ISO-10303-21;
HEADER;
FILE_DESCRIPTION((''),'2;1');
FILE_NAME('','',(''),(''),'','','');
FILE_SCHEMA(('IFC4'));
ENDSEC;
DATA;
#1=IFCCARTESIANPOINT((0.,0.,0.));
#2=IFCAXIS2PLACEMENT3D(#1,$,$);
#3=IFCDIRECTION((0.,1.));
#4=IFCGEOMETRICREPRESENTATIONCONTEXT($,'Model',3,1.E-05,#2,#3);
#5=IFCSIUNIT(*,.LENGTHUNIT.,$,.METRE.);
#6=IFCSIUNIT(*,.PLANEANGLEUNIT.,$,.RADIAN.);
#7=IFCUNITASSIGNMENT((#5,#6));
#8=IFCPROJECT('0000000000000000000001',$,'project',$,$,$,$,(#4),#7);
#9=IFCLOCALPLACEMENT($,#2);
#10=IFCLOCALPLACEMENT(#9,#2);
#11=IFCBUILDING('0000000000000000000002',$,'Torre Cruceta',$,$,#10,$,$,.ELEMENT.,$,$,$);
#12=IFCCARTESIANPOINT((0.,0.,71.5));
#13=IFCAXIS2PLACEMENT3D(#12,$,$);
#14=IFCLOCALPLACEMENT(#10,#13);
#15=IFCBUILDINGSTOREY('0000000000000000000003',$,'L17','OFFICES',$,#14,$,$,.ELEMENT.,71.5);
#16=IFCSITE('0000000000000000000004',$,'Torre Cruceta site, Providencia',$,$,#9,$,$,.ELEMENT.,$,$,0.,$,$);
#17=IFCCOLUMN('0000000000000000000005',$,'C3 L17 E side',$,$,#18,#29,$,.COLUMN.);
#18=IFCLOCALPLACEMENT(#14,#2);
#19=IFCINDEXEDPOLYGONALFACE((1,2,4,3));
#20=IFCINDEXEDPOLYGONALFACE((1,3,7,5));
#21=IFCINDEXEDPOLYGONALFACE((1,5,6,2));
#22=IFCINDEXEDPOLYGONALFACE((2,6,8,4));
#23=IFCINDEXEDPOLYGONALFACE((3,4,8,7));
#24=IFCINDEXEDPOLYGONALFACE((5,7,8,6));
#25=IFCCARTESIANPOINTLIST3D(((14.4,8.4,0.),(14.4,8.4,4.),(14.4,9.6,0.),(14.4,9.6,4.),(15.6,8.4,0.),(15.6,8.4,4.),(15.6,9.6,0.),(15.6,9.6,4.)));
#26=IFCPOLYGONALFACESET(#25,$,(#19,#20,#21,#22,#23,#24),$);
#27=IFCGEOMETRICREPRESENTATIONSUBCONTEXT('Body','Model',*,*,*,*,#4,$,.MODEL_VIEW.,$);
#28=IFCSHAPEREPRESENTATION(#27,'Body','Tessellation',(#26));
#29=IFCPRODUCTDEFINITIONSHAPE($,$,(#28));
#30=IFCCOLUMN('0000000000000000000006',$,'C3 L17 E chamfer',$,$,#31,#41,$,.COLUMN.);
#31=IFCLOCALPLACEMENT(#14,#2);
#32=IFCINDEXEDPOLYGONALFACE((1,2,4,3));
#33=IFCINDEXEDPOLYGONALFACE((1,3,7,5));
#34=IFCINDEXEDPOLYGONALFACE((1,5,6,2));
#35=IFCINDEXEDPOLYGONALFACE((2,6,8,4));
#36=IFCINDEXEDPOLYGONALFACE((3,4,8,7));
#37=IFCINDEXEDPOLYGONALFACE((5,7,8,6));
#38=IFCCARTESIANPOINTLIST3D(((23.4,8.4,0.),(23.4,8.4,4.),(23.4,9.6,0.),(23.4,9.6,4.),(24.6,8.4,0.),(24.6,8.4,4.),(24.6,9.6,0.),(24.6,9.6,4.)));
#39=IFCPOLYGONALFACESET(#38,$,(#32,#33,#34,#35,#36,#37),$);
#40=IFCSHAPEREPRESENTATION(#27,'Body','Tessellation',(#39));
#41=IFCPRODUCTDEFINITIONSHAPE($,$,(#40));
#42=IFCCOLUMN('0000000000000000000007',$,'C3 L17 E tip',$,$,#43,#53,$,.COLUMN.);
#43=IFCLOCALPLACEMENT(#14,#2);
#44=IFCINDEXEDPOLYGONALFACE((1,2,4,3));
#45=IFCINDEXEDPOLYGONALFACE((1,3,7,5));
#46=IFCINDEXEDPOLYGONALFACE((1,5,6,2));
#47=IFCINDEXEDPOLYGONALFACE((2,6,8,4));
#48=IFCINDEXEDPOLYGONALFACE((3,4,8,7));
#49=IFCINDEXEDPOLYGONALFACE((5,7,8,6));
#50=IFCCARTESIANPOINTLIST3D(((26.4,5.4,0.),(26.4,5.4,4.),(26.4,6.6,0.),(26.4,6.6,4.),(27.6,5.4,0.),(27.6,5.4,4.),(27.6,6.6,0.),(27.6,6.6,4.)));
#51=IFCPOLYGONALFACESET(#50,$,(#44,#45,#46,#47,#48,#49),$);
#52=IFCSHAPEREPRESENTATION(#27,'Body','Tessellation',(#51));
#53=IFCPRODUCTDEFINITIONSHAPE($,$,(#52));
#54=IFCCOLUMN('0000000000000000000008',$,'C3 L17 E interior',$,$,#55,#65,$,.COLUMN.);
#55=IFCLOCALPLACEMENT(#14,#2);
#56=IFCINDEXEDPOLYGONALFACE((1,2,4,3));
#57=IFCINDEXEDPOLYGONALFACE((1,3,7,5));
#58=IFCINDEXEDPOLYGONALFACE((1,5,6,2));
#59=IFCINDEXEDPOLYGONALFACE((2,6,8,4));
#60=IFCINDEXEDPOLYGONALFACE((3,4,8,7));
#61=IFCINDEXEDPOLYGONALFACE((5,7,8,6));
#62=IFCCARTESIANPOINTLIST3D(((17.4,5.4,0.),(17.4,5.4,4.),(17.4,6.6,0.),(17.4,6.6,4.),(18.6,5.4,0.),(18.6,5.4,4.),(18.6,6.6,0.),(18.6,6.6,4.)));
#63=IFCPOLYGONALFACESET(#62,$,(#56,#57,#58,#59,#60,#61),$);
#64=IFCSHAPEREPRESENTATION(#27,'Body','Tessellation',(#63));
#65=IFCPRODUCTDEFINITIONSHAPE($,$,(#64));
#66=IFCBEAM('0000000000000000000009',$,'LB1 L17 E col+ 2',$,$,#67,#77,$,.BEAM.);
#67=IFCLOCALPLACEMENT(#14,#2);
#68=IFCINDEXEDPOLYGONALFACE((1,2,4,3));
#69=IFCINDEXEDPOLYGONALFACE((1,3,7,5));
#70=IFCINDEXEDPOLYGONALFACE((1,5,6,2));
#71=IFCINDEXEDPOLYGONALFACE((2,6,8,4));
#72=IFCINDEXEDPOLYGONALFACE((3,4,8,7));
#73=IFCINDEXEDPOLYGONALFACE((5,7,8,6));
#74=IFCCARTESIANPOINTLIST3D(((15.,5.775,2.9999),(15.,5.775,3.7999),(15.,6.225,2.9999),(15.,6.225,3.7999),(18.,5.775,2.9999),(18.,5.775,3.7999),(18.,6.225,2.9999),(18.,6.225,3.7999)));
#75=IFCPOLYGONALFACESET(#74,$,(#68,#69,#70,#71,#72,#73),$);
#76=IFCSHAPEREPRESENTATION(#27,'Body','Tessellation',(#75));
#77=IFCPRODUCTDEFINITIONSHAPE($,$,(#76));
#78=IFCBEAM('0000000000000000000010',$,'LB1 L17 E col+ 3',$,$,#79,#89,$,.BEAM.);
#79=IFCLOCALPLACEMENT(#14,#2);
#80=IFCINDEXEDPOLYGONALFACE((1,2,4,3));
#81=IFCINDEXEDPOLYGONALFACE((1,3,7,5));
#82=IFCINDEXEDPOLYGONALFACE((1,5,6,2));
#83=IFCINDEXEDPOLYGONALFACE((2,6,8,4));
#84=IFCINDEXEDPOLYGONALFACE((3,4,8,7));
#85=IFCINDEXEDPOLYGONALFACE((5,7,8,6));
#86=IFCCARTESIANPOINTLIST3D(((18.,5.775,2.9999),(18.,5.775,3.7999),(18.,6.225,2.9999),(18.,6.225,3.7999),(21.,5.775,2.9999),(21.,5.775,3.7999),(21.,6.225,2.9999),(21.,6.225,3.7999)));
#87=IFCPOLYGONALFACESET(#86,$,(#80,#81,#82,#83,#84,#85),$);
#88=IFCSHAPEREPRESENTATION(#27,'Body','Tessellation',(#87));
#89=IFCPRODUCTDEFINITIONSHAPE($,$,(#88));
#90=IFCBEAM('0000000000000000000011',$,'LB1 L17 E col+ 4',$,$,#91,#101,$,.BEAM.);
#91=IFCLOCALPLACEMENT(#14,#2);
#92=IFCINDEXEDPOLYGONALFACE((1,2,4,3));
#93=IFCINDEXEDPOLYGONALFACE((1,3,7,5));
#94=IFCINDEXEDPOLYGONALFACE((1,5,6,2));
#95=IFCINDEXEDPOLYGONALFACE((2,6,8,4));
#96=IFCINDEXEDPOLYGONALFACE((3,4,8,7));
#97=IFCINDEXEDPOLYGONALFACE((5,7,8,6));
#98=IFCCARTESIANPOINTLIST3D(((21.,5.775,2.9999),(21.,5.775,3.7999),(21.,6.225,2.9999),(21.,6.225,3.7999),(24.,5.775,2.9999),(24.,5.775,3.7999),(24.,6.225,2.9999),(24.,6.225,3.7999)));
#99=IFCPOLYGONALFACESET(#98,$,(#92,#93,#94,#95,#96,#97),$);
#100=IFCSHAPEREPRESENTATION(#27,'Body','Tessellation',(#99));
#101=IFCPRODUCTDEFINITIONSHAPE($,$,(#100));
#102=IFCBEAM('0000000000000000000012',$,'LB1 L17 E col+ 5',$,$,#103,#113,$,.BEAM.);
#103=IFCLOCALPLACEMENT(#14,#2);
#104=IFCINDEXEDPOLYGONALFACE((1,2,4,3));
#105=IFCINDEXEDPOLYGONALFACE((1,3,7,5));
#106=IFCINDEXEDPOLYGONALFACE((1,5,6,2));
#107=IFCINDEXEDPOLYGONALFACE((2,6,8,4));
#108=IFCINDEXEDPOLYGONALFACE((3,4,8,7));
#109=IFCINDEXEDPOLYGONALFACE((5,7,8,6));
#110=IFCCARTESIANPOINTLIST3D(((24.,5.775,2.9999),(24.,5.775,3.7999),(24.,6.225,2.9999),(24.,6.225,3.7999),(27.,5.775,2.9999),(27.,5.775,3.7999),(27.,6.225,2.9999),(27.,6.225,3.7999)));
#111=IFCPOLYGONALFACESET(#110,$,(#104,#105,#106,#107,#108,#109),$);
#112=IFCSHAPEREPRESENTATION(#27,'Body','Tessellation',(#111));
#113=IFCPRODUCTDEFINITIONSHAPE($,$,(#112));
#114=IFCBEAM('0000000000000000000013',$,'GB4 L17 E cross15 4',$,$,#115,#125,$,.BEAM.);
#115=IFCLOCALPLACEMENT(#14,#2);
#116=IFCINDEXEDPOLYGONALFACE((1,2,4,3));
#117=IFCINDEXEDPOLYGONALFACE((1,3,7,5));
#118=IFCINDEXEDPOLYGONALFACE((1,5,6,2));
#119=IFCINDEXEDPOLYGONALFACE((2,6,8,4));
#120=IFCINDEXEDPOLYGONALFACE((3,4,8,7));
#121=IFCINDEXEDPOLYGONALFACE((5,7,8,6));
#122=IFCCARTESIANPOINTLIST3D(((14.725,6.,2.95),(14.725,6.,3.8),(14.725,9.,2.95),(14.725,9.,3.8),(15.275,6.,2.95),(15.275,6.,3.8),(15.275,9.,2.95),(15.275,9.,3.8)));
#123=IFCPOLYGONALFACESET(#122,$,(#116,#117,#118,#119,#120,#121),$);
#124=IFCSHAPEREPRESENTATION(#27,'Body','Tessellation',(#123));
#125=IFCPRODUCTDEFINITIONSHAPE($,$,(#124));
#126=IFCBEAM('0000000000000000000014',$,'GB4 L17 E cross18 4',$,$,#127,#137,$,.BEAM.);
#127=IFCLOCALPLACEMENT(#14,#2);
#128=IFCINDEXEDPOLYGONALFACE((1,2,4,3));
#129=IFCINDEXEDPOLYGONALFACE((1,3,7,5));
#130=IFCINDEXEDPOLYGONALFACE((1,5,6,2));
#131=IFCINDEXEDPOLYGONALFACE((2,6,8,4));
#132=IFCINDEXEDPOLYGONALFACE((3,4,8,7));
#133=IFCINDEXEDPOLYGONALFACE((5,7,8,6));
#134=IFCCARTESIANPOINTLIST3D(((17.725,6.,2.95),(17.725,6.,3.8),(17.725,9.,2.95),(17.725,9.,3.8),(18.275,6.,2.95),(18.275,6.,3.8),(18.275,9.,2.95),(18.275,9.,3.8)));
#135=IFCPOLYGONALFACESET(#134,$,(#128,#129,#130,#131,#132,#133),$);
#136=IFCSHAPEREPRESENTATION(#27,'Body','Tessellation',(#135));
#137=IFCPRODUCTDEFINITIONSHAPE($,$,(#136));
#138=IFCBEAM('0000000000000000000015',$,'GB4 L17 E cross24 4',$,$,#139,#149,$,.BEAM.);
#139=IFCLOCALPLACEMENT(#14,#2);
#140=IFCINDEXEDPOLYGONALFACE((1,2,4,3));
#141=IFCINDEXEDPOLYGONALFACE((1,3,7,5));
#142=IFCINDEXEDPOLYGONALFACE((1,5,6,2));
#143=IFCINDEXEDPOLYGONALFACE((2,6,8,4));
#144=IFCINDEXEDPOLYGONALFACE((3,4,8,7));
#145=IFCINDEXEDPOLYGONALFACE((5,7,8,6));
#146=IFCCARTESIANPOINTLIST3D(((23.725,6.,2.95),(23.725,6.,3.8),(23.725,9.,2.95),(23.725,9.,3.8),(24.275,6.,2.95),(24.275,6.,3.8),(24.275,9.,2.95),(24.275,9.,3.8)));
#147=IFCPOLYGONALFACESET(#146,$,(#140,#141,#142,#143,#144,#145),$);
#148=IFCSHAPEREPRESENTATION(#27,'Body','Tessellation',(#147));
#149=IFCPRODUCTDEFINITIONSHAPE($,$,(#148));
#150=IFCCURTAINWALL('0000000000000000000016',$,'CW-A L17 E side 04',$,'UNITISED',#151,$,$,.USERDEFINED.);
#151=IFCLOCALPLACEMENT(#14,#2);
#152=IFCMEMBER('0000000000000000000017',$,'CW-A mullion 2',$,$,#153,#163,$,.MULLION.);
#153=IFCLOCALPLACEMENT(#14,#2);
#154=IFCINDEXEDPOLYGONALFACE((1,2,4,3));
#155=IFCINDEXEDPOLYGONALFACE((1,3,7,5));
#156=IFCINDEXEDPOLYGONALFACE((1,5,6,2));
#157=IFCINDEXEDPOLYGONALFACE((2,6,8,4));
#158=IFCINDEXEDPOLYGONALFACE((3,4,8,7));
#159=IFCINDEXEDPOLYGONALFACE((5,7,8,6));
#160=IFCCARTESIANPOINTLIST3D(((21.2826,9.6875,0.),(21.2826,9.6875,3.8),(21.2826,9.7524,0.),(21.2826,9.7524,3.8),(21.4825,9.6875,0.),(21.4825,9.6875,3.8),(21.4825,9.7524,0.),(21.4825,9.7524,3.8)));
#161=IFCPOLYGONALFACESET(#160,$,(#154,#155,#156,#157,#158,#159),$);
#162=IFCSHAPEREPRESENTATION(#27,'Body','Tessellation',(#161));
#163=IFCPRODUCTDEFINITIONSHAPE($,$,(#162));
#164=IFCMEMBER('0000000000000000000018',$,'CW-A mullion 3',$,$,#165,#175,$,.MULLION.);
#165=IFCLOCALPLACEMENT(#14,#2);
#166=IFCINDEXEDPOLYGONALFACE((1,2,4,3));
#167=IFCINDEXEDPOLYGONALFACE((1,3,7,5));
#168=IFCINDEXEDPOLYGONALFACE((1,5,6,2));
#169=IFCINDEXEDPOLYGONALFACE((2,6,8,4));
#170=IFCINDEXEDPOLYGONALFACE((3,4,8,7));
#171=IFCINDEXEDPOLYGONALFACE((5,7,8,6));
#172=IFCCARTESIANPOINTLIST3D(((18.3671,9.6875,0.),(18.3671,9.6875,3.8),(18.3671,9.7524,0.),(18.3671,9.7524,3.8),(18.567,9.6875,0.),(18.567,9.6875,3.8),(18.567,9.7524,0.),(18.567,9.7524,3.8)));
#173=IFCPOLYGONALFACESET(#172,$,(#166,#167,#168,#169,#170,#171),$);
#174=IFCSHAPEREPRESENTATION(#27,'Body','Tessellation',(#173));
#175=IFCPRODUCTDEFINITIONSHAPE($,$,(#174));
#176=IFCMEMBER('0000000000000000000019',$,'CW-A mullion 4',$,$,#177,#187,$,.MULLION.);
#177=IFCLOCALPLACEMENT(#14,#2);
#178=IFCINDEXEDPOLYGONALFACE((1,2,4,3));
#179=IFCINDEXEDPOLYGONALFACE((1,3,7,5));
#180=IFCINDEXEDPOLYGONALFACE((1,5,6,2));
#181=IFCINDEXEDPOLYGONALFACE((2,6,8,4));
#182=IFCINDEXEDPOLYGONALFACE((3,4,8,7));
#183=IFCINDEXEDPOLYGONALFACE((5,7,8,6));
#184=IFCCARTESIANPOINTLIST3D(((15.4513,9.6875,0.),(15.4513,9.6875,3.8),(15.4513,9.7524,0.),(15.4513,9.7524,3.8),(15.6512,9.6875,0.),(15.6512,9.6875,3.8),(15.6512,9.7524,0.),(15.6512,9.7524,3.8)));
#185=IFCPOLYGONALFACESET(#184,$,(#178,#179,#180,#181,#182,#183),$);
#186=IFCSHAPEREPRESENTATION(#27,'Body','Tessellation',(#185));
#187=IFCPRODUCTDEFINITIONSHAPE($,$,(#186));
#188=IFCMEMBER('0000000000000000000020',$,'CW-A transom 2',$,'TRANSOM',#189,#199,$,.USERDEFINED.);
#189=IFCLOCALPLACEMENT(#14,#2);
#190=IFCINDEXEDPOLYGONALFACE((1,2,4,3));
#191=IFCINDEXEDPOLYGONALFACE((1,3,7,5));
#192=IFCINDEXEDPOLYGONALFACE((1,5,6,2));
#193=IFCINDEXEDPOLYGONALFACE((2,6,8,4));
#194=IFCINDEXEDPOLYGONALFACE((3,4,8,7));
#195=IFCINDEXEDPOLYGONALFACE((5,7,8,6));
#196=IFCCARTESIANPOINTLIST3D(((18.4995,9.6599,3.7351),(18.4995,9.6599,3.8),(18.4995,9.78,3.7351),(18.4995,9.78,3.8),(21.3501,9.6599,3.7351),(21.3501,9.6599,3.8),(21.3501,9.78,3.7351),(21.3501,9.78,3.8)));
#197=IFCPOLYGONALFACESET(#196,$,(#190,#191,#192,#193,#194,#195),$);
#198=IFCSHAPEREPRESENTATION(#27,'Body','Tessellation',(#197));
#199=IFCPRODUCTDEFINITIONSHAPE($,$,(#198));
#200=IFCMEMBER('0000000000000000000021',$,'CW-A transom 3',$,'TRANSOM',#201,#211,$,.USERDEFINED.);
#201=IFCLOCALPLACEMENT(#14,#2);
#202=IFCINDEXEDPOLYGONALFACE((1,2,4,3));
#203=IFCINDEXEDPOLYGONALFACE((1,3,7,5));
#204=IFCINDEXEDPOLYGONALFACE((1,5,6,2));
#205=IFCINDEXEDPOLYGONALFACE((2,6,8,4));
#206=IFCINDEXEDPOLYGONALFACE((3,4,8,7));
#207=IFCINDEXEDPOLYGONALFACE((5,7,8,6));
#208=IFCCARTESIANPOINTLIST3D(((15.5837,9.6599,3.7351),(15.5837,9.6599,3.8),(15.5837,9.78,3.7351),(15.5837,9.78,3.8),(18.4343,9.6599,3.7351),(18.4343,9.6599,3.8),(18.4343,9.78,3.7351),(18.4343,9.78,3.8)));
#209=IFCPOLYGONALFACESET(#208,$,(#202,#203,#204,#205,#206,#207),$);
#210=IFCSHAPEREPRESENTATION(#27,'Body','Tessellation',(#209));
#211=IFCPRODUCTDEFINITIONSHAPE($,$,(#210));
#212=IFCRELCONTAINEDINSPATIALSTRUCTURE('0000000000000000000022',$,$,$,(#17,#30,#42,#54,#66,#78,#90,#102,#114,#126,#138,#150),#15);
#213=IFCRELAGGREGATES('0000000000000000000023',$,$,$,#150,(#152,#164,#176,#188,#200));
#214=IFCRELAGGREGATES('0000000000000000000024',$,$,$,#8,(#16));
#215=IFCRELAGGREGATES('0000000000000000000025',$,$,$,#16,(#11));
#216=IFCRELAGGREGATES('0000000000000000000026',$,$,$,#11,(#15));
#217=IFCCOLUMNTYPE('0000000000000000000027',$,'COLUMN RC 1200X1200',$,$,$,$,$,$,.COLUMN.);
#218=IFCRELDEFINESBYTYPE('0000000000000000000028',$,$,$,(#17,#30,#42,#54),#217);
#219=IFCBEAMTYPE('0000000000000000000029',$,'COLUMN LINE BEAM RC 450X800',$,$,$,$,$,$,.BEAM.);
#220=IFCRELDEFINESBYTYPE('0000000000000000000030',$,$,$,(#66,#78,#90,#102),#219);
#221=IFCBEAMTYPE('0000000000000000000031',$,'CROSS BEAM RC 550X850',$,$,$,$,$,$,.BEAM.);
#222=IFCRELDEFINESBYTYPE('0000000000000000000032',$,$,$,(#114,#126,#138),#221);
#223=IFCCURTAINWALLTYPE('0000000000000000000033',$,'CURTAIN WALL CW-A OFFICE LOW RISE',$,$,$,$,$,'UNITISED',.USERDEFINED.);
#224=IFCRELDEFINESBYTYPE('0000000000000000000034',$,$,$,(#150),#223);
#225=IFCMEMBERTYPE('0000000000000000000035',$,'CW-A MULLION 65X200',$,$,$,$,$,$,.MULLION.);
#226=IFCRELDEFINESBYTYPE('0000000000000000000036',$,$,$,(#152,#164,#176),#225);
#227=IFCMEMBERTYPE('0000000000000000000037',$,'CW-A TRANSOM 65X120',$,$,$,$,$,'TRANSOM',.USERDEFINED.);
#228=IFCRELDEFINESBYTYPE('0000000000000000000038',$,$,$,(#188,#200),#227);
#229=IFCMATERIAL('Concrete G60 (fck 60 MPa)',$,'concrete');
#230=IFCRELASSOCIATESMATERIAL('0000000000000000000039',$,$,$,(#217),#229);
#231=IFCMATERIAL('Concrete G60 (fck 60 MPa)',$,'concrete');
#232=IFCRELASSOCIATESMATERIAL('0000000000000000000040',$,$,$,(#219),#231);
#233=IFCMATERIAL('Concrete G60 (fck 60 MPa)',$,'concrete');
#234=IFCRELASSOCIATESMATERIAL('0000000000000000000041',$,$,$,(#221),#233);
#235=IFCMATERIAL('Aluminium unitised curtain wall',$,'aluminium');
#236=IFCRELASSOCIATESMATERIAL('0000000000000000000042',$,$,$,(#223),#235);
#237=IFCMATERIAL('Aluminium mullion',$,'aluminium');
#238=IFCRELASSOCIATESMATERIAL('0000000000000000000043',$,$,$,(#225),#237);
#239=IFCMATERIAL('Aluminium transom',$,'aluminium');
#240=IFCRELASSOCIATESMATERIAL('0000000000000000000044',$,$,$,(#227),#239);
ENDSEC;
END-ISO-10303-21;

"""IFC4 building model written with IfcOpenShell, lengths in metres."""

from ifc_helpers import new_model, si_unit, direction, frame, origin, origin_2d, place, context, subcontext, project, spatial, rectangle, extrude, material, material_profile, profile_set, type_object, element, aggregate, save


model = new_model("IFC4")

# Units and contexts
model_context = context("Model", 3, precision=1e-05, world=origin(), true_north=direction((0.0, 1.0)))
body_context = subcontext(model_context, "Body", "Model", "MODEL_VIEW")
ifc_project = project(units=[si_unit("LENGTHUNIT", "METRE"), si_unit("PLANEANGLEUNIT", "RADIAN")], contexts=[model_context])

# Site, building, storey
site_placement = place(None, origin())
site = spatial("IfcSite", under=ifc_project, at=site_placement, Name="Torre Cruceta site, Providencia", CompositionType="ELEMENT", RefElevation=0.0)
building_placement = place(site_placement, origin())
building = spatial("IfcBuilding", under=site, at=building_placement, Name="Torre Cruceta", CompositionType="ELEMENT")
storey_placement = place(building_placement, frame((0.0, 0.0, 71.5)))
storey = spatial("IfcBuildingStorey", under=building, at=storey_placement, Name="L17", Description="OFFICES", CompositionType="ELEMENT", Elevation=71.5)

# Columns
ifc_material_1 = material(Name="Concrete G60 (fck 60 MPa)", Category="concrete")
ifc_material_profile_1 = material_profile(ifc_material_1, rectangle(XDim=1.2, YDim=1.2, at=origin_2d()), Name="RC 1200X1200")
ifc_profile_set_1 = profile_set([ifc_material_profile_1], Name="Concrete G60 (fck 60 MPa)")
column_type = type_object("IfcColumnType", Name="COLUMN RC 1200X1200", PredefinedType="COLUMN", material=ifc_profile_set_1)
for number, where, z_axis, x_axis, name in (
    (1, (15.0, 9.0, 0.0), (0.0, 0.0, 1.0), (1.0, 0.0, 0.0), "C3 L17 E side"),
    (2, (24.0, 9.0, 0.0), (0.0, 0.0, 1.0), (1.0, 0.0, 0.0), "C3 L17 E chamfer"),
    (3, (27.0, 6.0, 0.0), (0.0, 0.0, 1.0), (1.0, 0.0, 0.0), "C3 L17 E tip"),
    (4, (18.0, 6.0, 0.0), (0.0, 0.0, 1.0), (1.0, 0.0, 0.0), "C3 L17 E interior"),
):
    element("IfcColumn", number, at=place(storey_placement, frame(where, z_axis=z_axis, x_axis=x_axis)), inside=storey, type_object=column_type, Name=name, PredefinedType="COLUMN", context=body_context, shape_type="SweptSolid", body=[
        extrude(rectangle(XDim=1.2, YDim=1.2, at=origin_2d()), origin(), (0.0, 0.0, 1.0), 4.0),
    ])

# Beams
ifc_material_2 = material(Name="Concrete G60 (fck 60 MPa)", Category="concrete")
ifc_material_profile_2 = material_profile(ifc_material_2, rectangle(XDim=0.45, YDim=0.8, at=origin_2d()), Name="RC 450X800")
ifc_profile_set_2 = profile_set([ifc_material_profile_2], Name="Concrete G60 (fck 60 MPa)")
beam_type_1 = type_object("IfcBeamType", Name="COLUMN LINE BEAM RC 450X800", PredefinedType="BEAM", material=ifc_profile_set_2)
for number, where, z_axis, x_axis, name in (
    (5, (15.0, 6.0, 3.3999), (1.0, 0.0, 0.0), (0.0, 1.0, 0.0), "LB1 L17 E col+ 2"),
    (6, (18.0, 6.0, 3.3999), (1.0, 0.0, 0.0), (0.0, 1.0, 0.0), "LB1 L17 E col+ 3"),
    (7, (21.0, 6.0, 3.3999), (1.0, 0.0, 0.0), (0.0, 1.0, 0.0), "LB1 L17 E col+ 4"),
    (8, (24.0, 6.0, 3.3999), (1.0, 0.0, 0.0), (0.0, 1.0, 0.0), "LB1 L17 E col+ 5"),
):
    element("IfcBeam", number, at=place(storey_placement, frame(where, z_axis=z_axis, x_axis=x_axis)), inside=storey, type_object=beam_type_1, Name=name, PredefinedType="BEAM", context=body_context, shape_type="SweptSolid", body=[
        extrude(rectangle(XDim=0.45, YDim=0.8, at=origin_2d()), origin(), (0.0, 0.0, 1.0), 3.0),
    ])
ifc_material_3 = material(Name="Concrete G60 (fck 60 MPa)", Category="concrete")
ifc_material_profile_3 = material_profile(ifc_material_3, rectangle(XDim=0.55, YDim=0.8501, at=origin_2d()), Name="RC 550X850")
ifc_profile_set_3 = profile_set([ifc_material_profile_3], Name="Concrete G60 (fck 60 MPa)")
beam_type_2 = type_object("IfcBeamType", Name="CROSS BEAM RC 550X850", PredefinedType="BEAM", material=ifc_profile_set_3)
for number, where, z_axis, x_axis, name in (
    (9, (15.0, 6.0, 3.375), (0.0, 1.0, 0.0), (-1.0, 0.0, 0.0), "GB4 L17 E cross15 4"),
    (10, (18.0, 6.0, 3.375), (0.0, 1.0, 0.0), (-1.0, 0.0, 0.0), "GB4 L17 E cross18 4"),
    (11, (24.0, 6.0, 3.375), (0.0, 1.0, 0.0), (-1.0, 0.0, 0.0), "GB4 L17 E cross24 4"),
):
    element("IfcBeam", number, at=place(storey_placement, frame(where, z_axis=z_axis, x_axis=x_axis)), inside=storey, type_object=beam_type_2, Name=name, PredefinedType="BEAM", context=body_context, shape_type="SweptSolid", body=[
        extrude(rectangle(XDim=0.55, YDim=0.8501, at=origin_2d()), origin(), (0.0, 0.0, 1.0), 3.0),
    ])

# Curtain wall, members
ifc_material_4 = material(Name="Aluminium unitised curtain wall", Category="aluminium")
curtain_wall_type = type_object("IfcCurtainWallType", Name="CURTAIN WALL CW-A OFFICE LOW RISE", ElementType="UNITISED", PredefinedType="USERDEFINED", material=ifc_material_4)
curtain_wall_placement = place(storey_placement, origin())
curtain_wall = element("IfcCurtainWall", 12, at=curtain_wall_placement, inside=storey, type_object=curtain_wall_type, Name="CW-A L17 E side 04", ObjectType="UNITISED", PredefinedType="USERDEFINED")
ifc_material_5 = material(Name="Aluminium mullion", Category="aluminium")
ifc_material_profile_4 = material_profile(ifc_material_5, rectangle(XDim=0.0649, YDim=0.2, at=origin_2d()), Name="AL 65X200")
ifc_profile_set_4 = profile_set([ifc_material_profile_4], Name="Aluminium mullion")
member_type_1 = type_object("IfcMemberType", Name="CW-A MULLION 65X200", PredefinedType="MULLION", material=ifc_profile_set_4)
member_1_placement = place(storey_placement, frame((21.3826, 9.72, 0.0), z_axis=(0.0, 0.0, 1.0), x_axis=(0.0, -1.0, 0.0)))
member_1 = element("IfcMember", 13, at=member_1_placement, type_object=member_type_1, Name="CW-A mullion 2", PredefinedType="MULLION", context=body_context, shape_type="SweptSolid", body=[
    extrude(rectangle(XDim=0.0649, YDim=0.2, at=origin_2d()), origin(), (0.0, 0.0, 1.0), 3.8),
])
member_2_placement = place(storey_placement, frame((18.467, 9.72, 0.0), z_axis=(0.0, 0.0, 1.0), x_axis=(0.0, -1.0, 0.0)))
member_2 = element("IfcMember", 14, at=member_2_placement, type_object=member_type_1, Name="CW-A mullion 3", PredefinedType="MULLION", context=body_context, shape_type="SweptSolid", body=[
    extrude(rectangle(XDim=0.0649, YDim=0.2, at=origin_2d()), origin(), (0.0, 0.0, 1.0), 3.8),
])
member_3_placement = place(storey_placement, frame((15.5513, 9.72, 0.0), z_axis=(0.0, 0.0, 1.0), x_axis=(0.0, -1.0, 0.0)))
member_3 = element("IfcMember", 15, at=member_3_placement, type_object=member_type_1, Name="CW-A mullion 4", PredefinedType="MULLION", context=body_context, shape_type="SweptSolid", body=[
    extrude(rectangle(XDim=0.0649, YDim=0.2, at=origin_2d()), origin(), (0.0, 0.0, 1.0), 3.8),
])
ifc_material_6 = material(Name="Aluminium transom", Category="aluminium")
ifc_material_profile_5 = material_profile(ifc_material_6, rectangle(XDim=0.1201, YDim=0.0649, at=origin_2d()), Name="AL 120X65")
ifc_profile_set_5 = profile_set([ifc_material_profile_5], Name="Aluminium transom")
member_type_2 = type_object("IfcMemberType", Name="CW-A TRANSOM 65X120", ElementType="TRANSOM", PredefinedType="USERDEFINED", material=ifc_profile_set_5)
member_4_placement = place(storey_placement, frame((21.3501, 9.72, 3.7676), z_axis=(-1.0, 0.0, 0.0), x_axis=(0.0, -1.0, 0.0)))
member_4 = element("IfcMember", 16, at=member_4_placement, type_object=member_type_2, Name="CW-A transom 2", ObjectType="TRANSOM", PredefinedType="USERDEFINED", context=body_context, shape_type="SweptSolid", body=[
    extrude(rectangle(XDim=0.1201, YDim=0.0649, at=origin_2d()), origin(), (0.0, 0.0, 1.0), 2.8506),
])
member_5_placement = place(storey_placement, frame((18.4343, 9.72, 3.7676), z_axis=(-1.0, 0.0, 0.0), x_axis=(0.0, -1.0, 0.0)))
member_5 = element("IfcMember", 17, at=member_5_placement, type_object=member_type_2, Name="CW-A transom 3", ObjectType="TRANSOM", PredefinedType="USERDEFINED", context=body_context, shape_type="SweptSolid", body=[
    extrude(rectangle(XDim=0.1201, YDim=0.0649, at=origin_2d()), origin(), (0.0, 0.0, 1.0), 2.8506),
])

aggregate(curtain_wall, [member_1, member_2, member_3, member_4, member_5])

save(model, "model.ifc")
